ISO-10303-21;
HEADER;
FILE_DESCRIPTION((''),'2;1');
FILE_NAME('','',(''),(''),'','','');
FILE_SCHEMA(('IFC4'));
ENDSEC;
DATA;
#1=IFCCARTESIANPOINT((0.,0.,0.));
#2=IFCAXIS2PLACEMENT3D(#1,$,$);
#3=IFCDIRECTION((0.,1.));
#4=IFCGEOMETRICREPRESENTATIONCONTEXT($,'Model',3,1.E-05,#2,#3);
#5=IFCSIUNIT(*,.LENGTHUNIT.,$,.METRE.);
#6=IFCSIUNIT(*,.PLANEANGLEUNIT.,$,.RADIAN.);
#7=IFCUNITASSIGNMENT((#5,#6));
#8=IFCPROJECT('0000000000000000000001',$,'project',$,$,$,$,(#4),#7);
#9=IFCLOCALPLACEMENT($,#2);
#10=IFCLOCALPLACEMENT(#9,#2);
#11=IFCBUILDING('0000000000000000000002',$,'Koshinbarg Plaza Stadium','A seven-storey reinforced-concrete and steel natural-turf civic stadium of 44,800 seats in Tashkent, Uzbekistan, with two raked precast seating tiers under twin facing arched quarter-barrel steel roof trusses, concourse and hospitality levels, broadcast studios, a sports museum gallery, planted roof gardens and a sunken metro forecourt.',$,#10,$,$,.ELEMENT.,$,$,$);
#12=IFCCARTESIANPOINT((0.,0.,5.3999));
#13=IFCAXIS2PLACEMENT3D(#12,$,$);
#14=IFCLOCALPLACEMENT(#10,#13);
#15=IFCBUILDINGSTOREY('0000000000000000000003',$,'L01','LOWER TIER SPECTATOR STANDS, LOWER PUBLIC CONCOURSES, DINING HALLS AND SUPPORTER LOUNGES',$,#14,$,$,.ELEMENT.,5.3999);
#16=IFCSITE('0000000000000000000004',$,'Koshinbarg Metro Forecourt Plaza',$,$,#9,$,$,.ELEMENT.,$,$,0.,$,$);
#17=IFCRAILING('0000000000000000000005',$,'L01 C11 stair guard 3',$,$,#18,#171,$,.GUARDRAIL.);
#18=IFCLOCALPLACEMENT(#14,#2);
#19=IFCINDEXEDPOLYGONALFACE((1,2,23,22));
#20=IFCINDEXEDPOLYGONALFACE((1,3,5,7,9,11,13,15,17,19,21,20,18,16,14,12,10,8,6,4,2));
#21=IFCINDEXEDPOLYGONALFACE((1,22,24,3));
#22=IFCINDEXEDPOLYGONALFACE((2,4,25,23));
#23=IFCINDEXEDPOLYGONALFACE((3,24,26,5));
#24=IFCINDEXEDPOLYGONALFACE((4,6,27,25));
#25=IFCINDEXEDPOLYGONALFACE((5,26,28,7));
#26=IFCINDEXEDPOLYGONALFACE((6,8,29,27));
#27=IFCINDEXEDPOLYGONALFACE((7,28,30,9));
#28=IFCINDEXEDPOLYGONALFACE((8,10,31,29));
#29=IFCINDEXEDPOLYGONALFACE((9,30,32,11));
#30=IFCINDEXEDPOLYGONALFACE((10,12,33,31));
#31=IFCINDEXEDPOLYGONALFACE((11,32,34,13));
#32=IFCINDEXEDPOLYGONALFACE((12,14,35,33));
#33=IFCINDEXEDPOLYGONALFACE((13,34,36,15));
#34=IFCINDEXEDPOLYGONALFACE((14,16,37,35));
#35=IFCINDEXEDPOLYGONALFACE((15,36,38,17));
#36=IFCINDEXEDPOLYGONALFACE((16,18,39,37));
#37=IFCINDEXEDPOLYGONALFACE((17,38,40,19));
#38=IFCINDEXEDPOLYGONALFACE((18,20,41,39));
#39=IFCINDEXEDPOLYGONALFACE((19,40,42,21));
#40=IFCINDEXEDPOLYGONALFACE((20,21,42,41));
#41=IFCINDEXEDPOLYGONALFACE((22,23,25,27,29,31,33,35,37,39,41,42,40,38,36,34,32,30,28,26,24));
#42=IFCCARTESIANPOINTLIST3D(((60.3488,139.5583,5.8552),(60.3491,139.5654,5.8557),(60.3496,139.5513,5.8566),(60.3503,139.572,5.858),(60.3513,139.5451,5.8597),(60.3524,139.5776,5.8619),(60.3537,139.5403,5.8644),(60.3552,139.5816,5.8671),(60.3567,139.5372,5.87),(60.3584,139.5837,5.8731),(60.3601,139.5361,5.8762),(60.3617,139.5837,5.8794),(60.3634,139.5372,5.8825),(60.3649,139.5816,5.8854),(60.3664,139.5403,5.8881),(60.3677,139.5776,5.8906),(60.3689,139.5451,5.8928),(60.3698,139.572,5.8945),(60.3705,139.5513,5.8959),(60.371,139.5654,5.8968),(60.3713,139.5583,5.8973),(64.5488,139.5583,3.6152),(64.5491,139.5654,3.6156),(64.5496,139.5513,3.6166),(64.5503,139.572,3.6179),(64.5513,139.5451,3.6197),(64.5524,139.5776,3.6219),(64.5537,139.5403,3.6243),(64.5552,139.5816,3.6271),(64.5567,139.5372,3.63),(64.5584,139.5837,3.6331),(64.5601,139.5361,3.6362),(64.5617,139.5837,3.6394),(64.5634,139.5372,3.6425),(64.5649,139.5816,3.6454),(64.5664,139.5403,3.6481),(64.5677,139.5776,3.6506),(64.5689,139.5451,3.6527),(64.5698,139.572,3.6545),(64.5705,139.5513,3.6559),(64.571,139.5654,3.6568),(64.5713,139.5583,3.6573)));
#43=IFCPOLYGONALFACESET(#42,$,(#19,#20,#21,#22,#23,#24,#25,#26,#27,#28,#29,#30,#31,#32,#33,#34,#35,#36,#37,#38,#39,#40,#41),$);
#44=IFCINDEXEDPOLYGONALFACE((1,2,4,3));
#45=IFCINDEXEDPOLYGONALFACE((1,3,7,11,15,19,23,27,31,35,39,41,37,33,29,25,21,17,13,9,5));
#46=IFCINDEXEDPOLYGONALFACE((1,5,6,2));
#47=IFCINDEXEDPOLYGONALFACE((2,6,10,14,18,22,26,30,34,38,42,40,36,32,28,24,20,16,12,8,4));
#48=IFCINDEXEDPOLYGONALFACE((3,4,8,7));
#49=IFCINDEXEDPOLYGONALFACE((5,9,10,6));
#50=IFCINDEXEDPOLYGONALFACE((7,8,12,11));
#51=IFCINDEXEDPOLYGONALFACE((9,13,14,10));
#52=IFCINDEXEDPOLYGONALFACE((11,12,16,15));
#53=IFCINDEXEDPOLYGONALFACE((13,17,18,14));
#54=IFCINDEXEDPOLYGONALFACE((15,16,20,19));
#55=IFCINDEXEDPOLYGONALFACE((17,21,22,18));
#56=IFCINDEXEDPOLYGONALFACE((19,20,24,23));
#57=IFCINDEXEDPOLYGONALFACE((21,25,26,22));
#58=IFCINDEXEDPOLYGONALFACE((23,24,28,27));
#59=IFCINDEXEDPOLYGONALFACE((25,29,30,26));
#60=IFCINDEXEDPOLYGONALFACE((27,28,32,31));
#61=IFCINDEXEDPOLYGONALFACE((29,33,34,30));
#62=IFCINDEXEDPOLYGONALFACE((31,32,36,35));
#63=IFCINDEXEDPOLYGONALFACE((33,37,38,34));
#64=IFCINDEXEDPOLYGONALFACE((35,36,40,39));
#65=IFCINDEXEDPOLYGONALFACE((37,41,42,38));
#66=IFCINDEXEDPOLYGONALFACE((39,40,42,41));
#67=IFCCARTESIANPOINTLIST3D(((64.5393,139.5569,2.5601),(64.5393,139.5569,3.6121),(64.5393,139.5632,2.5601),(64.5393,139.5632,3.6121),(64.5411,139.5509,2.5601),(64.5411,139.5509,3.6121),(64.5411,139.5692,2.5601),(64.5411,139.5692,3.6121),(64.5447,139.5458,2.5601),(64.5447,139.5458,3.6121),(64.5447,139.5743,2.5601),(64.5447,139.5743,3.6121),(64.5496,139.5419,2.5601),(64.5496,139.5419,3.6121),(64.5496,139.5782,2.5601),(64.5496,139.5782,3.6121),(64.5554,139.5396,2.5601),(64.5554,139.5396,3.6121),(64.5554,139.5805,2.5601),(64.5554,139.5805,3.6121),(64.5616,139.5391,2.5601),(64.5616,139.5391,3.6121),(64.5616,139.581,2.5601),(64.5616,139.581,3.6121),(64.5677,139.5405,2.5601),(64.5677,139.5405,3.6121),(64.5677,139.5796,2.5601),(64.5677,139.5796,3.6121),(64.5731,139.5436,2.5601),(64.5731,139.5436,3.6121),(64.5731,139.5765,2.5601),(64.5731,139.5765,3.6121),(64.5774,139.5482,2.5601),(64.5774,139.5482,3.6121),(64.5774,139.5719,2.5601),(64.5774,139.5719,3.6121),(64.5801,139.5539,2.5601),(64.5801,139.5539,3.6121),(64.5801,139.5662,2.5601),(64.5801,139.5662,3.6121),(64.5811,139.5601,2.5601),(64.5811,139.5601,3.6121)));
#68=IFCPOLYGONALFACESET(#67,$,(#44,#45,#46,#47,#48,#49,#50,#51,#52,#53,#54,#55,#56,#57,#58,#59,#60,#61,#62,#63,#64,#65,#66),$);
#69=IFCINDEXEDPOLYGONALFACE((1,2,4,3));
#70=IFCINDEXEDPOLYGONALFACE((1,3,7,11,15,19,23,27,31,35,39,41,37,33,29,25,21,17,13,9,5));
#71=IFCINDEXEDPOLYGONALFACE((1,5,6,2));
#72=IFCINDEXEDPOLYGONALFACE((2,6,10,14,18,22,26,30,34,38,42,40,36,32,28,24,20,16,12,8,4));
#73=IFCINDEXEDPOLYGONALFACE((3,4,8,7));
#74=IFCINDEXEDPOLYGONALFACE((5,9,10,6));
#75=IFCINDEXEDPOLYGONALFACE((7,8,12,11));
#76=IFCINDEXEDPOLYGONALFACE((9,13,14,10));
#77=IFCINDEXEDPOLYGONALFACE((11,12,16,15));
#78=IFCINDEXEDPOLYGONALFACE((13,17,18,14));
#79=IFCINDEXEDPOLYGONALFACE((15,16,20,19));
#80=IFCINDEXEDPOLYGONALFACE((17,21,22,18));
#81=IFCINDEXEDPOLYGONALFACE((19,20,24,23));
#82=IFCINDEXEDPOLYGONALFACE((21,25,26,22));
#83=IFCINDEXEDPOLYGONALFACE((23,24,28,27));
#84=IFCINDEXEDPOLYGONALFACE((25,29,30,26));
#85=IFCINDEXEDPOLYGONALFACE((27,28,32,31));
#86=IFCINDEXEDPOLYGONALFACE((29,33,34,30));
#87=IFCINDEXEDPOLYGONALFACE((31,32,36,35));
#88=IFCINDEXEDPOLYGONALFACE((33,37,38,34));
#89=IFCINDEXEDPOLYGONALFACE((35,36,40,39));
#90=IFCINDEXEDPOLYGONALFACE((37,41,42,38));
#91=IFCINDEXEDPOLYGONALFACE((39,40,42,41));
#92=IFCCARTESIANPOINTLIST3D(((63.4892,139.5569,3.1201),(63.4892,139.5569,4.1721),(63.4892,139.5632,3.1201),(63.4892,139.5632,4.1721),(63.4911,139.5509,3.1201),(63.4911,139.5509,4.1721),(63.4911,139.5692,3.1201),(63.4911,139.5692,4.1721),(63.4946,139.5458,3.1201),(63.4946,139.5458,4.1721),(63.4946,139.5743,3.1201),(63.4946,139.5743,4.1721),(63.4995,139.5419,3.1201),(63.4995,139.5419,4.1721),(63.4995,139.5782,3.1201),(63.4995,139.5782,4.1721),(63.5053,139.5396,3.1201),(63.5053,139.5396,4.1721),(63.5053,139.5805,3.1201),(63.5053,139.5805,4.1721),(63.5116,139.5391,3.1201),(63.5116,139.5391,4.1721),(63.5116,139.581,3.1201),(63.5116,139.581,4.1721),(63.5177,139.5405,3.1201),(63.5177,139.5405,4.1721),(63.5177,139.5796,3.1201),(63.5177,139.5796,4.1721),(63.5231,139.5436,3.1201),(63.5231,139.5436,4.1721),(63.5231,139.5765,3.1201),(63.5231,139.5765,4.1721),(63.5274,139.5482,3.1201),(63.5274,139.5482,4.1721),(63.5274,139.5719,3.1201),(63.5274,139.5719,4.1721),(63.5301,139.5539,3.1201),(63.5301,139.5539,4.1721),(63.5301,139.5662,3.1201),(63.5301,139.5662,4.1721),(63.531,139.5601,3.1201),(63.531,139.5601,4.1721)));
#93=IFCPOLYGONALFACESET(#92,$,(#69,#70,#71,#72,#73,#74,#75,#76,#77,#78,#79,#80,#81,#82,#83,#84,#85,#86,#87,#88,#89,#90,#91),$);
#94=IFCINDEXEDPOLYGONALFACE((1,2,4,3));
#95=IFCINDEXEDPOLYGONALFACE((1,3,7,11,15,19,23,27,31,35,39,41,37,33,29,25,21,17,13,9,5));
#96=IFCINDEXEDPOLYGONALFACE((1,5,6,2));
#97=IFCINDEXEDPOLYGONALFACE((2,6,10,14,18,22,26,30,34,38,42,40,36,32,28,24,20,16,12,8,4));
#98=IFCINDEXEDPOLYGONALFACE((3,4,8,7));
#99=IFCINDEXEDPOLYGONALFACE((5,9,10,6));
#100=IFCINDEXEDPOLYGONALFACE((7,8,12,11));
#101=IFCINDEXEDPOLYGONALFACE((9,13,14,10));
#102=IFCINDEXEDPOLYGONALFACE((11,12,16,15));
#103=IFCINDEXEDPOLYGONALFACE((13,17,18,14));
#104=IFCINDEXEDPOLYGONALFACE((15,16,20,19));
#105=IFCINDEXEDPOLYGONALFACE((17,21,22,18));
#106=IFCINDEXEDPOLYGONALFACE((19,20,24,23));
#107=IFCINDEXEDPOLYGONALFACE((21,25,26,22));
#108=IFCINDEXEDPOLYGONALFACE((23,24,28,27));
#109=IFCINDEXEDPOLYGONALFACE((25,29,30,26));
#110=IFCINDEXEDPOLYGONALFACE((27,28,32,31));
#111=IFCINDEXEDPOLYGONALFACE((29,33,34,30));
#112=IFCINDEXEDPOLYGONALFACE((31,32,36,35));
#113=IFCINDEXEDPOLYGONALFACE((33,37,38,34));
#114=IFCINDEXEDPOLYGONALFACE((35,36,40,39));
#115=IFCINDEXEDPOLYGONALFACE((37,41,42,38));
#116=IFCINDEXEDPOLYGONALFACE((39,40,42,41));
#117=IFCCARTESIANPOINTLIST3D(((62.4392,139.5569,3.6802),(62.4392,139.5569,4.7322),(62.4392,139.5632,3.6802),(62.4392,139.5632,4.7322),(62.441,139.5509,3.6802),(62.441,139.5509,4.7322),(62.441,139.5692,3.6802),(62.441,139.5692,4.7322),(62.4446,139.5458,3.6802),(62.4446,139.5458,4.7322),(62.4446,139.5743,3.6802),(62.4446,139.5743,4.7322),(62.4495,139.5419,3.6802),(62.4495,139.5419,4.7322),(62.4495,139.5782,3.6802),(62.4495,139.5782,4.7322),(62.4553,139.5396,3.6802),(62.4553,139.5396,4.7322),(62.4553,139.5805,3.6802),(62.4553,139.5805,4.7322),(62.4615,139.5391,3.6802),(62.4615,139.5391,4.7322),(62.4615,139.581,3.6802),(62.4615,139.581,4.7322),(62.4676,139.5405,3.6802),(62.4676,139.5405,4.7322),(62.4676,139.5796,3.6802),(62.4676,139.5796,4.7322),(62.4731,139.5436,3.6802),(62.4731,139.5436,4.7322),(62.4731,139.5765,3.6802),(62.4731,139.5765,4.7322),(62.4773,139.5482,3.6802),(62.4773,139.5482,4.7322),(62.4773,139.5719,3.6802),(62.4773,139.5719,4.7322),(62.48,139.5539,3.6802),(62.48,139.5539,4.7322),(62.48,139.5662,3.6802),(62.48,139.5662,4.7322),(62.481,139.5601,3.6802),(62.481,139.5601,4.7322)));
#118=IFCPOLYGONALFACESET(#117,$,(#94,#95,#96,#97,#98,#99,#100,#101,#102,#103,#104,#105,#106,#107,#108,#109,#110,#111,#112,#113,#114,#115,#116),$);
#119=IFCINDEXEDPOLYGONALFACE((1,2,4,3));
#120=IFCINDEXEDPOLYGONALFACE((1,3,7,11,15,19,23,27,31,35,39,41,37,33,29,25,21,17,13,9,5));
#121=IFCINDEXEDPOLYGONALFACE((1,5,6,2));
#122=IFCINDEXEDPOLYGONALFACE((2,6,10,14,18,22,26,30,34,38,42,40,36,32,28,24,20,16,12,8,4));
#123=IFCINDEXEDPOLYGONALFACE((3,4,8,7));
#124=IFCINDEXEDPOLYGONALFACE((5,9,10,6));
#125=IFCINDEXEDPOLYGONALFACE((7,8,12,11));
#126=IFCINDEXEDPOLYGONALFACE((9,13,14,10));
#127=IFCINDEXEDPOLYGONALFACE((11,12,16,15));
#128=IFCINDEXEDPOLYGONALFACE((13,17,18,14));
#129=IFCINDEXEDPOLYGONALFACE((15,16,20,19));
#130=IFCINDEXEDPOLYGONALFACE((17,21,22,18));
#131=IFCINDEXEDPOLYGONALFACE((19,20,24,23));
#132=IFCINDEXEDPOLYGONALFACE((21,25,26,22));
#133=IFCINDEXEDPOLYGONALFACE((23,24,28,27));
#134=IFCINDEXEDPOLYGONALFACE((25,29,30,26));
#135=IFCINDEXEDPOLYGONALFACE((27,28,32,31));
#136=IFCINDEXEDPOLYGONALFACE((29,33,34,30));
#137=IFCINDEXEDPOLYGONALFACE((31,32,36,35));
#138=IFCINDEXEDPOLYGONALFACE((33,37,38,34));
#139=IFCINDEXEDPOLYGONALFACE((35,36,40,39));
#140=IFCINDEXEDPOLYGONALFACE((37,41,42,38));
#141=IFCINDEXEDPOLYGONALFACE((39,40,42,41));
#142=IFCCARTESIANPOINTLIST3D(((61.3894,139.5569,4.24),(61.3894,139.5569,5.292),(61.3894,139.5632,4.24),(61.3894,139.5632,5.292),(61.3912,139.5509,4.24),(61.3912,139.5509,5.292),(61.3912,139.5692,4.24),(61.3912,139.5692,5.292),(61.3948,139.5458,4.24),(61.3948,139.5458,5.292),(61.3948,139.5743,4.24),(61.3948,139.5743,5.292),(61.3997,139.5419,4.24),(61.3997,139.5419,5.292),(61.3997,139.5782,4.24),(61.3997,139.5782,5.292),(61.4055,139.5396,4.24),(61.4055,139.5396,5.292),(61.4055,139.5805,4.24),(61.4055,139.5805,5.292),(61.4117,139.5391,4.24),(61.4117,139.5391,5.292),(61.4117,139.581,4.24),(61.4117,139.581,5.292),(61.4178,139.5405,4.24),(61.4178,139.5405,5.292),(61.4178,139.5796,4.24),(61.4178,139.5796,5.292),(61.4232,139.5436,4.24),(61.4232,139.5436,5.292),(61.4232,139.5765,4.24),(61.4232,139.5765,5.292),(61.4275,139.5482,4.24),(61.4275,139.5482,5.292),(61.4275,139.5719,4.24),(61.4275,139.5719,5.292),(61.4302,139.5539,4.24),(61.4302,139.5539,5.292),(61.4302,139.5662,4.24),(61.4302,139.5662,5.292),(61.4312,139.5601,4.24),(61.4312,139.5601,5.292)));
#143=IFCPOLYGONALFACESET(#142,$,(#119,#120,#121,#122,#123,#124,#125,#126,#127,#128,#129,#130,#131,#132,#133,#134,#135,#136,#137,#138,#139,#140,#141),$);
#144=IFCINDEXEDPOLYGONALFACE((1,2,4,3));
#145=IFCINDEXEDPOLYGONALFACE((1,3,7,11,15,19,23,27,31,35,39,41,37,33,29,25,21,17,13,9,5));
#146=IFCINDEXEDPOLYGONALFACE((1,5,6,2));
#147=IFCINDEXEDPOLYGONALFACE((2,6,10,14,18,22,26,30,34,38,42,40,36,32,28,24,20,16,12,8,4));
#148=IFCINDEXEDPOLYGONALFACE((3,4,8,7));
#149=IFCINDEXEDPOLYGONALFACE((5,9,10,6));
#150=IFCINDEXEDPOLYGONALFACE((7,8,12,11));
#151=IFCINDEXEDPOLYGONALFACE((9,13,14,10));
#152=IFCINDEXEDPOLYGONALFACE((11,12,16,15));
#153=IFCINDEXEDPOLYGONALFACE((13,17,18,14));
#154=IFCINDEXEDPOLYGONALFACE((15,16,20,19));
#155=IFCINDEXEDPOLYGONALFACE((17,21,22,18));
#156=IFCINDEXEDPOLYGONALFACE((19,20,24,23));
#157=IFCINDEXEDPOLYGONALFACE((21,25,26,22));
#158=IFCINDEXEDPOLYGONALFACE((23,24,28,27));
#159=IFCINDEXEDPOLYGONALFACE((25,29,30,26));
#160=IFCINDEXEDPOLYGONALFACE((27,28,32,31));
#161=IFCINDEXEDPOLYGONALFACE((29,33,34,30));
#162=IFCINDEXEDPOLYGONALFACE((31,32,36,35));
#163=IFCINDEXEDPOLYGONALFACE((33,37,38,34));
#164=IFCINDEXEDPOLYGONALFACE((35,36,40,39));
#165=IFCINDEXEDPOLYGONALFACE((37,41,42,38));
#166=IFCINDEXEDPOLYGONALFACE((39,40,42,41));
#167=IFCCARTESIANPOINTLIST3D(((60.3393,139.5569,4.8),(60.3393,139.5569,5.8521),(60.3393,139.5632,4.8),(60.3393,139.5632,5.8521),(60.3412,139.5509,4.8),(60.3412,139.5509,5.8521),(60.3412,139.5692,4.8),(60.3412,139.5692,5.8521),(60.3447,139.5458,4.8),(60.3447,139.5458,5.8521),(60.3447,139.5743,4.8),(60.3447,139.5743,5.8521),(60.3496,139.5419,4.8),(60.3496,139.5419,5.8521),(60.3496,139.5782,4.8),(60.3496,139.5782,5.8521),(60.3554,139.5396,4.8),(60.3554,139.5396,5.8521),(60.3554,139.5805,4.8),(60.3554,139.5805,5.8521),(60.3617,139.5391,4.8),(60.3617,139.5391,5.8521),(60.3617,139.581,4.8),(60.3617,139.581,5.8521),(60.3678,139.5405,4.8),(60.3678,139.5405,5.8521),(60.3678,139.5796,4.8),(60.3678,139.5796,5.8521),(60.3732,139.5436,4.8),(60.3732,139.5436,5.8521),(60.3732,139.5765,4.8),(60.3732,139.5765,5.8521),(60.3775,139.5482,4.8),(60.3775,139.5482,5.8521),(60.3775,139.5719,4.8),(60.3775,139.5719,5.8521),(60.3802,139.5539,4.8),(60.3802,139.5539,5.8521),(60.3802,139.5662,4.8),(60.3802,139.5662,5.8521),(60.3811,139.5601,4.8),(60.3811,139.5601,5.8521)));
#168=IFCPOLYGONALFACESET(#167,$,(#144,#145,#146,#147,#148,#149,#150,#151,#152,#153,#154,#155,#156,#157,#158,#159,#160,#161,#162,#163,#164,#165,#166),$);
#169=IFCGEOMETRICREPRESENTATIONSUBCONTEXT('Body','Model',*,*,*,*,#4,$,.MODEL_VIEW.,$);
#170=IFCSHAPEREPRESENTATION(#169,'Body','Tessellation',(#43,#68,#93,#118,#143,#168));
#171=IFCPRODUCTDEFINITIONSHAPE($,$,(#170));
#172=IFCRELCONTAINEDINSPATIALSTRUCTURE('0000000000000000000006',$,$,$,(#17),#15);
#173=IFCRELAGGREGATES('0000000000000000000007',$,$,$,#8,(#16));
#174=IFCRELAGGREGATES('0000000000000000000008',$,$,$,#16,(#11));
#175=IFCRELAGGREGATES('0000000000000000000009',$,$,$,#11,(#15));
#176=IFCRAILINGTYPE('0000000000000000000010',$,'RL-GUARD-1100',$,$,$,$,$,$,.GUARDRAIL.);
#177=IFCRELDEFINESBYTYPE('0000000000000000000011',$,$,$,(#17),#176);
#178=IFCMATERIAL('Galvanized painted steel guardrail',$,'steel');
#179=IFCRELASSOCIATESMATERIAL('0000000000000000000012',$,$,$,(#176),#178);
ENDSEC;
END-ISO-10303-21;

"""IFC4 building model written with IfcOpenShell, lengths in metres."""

from ifc_helpers import new_model, si_unit, direction, frame, origin, origin_2d, place, context, subcontext, project, spatial, circle, extrude, material, type_object, element, save


model = new_model("IFC4")

# Units and contexts
model_context = context("Model", 3, precision=1e-05, world=origin(), true_north=direction((0.0, 1.0)))
body_context = subcontext(model_context, "Body", "Model", "MODEL_VIEW")
ifc_project = project(units=[si_unit("LENGTHUNIT", "METRE"), si_unit("PLANEANGLEUNIT", "RADIAN")], contexts=[model_context])

# Site, building, storey
site_placement = place(None, origin())
site = spatial("IfcSite", under=ifc_project, at=site_placement, Name="Koshinbarg Metro Forecourt Plaza", CompositionType="ELEMENT", RefElevation=0.0)
building_placement = place(site_placement, origin())
building = spatial("IfcBuilding", under=site, at=building_placement, Name="Koshinbarg Plaza Stadium", Description="A seven-storey reinforced-concrete and steel natural-turf civic stadium of 44,800 seats in Tashkent, Uzbekistan, with two raked precast seating tiers under twin facing arched quarter-barrel steel roof trusses, concourse and hospitality levels, broadcast studios, a sports museum gallery, planted roof gardens and a sunken metro forecourt.", CompositionType="ELEMENT")
storey_placement = place(building_placement, frame((0.0, 0.0, 5.3999)))
storey = spatial("IfcBuildingStorey", under=building, at=storey_placement, Name="L01", Description="LOWER TIER SPECTATOR STANDS, LOWER PUBLIC CONCOURSES, DINING HALLS AND SUPPORTER LOUNGES", CompositionType="ELEMENT", Elevation=5.3999)

# Railing
ifc_material_1 = material(Name="Galvanized painted steel guardrail", Category="steel")
railing_type_1 = type_object("IfcRailingType", Name="RL-GUARD-1100", PredefinedType="GUARDRAIL", material=ifc_material_1)
railing_1_placement = place(storey_placement, frame((64.5601, 139.5601, 2.5601)))
element("IfcRailing", 1, at=railing_1_placement, inside=storey, type_object=railing_type_1, Name="L01 C11 stair guard 3", PredefinedType="GUARDRAIL", context=body_context, shape_type="SweptSolid", body=[
    extrude(circle(Radius=0.0239, at=origin_2d()), frame((0.0, 0.0, 1.0762), z_axis=(-0.882352, 0.0, 0.470591), x_axis=(0.0, -1.0, 0.0)), (0.0, 0.0, 1.0), 4.76),
    extrude(circle(Radius=0.021, at=origin_2d()), origin(), (0.0, 0.0, 1.0), 1.052),
    extrude(circle(Radius=0.021, at=origin_2d()), frame((-1.05, 0.0, 0.5601)), (0.0, 0.0, 1.0), 1.052),
    extrude(circle(Radius=0.021, at=origin_2d()), frame((-2.1001, 0.0, 1.1201)), (0.0, 0.0, 1.0), 1.052),
    extrude(circle(Radius=0.021, at=origin_2d()), frame((-3.1499, 0.0, 1.6799)), (0.0, 0.0, 1.0), 1.052),
    extrude(circle(Radius=0.021, at=origin_2d()), frame((-4.2, 0.0, 2.24)), (0.0, 0.0, 1.0), 1.052),
])

save(model, "model.ifc")
